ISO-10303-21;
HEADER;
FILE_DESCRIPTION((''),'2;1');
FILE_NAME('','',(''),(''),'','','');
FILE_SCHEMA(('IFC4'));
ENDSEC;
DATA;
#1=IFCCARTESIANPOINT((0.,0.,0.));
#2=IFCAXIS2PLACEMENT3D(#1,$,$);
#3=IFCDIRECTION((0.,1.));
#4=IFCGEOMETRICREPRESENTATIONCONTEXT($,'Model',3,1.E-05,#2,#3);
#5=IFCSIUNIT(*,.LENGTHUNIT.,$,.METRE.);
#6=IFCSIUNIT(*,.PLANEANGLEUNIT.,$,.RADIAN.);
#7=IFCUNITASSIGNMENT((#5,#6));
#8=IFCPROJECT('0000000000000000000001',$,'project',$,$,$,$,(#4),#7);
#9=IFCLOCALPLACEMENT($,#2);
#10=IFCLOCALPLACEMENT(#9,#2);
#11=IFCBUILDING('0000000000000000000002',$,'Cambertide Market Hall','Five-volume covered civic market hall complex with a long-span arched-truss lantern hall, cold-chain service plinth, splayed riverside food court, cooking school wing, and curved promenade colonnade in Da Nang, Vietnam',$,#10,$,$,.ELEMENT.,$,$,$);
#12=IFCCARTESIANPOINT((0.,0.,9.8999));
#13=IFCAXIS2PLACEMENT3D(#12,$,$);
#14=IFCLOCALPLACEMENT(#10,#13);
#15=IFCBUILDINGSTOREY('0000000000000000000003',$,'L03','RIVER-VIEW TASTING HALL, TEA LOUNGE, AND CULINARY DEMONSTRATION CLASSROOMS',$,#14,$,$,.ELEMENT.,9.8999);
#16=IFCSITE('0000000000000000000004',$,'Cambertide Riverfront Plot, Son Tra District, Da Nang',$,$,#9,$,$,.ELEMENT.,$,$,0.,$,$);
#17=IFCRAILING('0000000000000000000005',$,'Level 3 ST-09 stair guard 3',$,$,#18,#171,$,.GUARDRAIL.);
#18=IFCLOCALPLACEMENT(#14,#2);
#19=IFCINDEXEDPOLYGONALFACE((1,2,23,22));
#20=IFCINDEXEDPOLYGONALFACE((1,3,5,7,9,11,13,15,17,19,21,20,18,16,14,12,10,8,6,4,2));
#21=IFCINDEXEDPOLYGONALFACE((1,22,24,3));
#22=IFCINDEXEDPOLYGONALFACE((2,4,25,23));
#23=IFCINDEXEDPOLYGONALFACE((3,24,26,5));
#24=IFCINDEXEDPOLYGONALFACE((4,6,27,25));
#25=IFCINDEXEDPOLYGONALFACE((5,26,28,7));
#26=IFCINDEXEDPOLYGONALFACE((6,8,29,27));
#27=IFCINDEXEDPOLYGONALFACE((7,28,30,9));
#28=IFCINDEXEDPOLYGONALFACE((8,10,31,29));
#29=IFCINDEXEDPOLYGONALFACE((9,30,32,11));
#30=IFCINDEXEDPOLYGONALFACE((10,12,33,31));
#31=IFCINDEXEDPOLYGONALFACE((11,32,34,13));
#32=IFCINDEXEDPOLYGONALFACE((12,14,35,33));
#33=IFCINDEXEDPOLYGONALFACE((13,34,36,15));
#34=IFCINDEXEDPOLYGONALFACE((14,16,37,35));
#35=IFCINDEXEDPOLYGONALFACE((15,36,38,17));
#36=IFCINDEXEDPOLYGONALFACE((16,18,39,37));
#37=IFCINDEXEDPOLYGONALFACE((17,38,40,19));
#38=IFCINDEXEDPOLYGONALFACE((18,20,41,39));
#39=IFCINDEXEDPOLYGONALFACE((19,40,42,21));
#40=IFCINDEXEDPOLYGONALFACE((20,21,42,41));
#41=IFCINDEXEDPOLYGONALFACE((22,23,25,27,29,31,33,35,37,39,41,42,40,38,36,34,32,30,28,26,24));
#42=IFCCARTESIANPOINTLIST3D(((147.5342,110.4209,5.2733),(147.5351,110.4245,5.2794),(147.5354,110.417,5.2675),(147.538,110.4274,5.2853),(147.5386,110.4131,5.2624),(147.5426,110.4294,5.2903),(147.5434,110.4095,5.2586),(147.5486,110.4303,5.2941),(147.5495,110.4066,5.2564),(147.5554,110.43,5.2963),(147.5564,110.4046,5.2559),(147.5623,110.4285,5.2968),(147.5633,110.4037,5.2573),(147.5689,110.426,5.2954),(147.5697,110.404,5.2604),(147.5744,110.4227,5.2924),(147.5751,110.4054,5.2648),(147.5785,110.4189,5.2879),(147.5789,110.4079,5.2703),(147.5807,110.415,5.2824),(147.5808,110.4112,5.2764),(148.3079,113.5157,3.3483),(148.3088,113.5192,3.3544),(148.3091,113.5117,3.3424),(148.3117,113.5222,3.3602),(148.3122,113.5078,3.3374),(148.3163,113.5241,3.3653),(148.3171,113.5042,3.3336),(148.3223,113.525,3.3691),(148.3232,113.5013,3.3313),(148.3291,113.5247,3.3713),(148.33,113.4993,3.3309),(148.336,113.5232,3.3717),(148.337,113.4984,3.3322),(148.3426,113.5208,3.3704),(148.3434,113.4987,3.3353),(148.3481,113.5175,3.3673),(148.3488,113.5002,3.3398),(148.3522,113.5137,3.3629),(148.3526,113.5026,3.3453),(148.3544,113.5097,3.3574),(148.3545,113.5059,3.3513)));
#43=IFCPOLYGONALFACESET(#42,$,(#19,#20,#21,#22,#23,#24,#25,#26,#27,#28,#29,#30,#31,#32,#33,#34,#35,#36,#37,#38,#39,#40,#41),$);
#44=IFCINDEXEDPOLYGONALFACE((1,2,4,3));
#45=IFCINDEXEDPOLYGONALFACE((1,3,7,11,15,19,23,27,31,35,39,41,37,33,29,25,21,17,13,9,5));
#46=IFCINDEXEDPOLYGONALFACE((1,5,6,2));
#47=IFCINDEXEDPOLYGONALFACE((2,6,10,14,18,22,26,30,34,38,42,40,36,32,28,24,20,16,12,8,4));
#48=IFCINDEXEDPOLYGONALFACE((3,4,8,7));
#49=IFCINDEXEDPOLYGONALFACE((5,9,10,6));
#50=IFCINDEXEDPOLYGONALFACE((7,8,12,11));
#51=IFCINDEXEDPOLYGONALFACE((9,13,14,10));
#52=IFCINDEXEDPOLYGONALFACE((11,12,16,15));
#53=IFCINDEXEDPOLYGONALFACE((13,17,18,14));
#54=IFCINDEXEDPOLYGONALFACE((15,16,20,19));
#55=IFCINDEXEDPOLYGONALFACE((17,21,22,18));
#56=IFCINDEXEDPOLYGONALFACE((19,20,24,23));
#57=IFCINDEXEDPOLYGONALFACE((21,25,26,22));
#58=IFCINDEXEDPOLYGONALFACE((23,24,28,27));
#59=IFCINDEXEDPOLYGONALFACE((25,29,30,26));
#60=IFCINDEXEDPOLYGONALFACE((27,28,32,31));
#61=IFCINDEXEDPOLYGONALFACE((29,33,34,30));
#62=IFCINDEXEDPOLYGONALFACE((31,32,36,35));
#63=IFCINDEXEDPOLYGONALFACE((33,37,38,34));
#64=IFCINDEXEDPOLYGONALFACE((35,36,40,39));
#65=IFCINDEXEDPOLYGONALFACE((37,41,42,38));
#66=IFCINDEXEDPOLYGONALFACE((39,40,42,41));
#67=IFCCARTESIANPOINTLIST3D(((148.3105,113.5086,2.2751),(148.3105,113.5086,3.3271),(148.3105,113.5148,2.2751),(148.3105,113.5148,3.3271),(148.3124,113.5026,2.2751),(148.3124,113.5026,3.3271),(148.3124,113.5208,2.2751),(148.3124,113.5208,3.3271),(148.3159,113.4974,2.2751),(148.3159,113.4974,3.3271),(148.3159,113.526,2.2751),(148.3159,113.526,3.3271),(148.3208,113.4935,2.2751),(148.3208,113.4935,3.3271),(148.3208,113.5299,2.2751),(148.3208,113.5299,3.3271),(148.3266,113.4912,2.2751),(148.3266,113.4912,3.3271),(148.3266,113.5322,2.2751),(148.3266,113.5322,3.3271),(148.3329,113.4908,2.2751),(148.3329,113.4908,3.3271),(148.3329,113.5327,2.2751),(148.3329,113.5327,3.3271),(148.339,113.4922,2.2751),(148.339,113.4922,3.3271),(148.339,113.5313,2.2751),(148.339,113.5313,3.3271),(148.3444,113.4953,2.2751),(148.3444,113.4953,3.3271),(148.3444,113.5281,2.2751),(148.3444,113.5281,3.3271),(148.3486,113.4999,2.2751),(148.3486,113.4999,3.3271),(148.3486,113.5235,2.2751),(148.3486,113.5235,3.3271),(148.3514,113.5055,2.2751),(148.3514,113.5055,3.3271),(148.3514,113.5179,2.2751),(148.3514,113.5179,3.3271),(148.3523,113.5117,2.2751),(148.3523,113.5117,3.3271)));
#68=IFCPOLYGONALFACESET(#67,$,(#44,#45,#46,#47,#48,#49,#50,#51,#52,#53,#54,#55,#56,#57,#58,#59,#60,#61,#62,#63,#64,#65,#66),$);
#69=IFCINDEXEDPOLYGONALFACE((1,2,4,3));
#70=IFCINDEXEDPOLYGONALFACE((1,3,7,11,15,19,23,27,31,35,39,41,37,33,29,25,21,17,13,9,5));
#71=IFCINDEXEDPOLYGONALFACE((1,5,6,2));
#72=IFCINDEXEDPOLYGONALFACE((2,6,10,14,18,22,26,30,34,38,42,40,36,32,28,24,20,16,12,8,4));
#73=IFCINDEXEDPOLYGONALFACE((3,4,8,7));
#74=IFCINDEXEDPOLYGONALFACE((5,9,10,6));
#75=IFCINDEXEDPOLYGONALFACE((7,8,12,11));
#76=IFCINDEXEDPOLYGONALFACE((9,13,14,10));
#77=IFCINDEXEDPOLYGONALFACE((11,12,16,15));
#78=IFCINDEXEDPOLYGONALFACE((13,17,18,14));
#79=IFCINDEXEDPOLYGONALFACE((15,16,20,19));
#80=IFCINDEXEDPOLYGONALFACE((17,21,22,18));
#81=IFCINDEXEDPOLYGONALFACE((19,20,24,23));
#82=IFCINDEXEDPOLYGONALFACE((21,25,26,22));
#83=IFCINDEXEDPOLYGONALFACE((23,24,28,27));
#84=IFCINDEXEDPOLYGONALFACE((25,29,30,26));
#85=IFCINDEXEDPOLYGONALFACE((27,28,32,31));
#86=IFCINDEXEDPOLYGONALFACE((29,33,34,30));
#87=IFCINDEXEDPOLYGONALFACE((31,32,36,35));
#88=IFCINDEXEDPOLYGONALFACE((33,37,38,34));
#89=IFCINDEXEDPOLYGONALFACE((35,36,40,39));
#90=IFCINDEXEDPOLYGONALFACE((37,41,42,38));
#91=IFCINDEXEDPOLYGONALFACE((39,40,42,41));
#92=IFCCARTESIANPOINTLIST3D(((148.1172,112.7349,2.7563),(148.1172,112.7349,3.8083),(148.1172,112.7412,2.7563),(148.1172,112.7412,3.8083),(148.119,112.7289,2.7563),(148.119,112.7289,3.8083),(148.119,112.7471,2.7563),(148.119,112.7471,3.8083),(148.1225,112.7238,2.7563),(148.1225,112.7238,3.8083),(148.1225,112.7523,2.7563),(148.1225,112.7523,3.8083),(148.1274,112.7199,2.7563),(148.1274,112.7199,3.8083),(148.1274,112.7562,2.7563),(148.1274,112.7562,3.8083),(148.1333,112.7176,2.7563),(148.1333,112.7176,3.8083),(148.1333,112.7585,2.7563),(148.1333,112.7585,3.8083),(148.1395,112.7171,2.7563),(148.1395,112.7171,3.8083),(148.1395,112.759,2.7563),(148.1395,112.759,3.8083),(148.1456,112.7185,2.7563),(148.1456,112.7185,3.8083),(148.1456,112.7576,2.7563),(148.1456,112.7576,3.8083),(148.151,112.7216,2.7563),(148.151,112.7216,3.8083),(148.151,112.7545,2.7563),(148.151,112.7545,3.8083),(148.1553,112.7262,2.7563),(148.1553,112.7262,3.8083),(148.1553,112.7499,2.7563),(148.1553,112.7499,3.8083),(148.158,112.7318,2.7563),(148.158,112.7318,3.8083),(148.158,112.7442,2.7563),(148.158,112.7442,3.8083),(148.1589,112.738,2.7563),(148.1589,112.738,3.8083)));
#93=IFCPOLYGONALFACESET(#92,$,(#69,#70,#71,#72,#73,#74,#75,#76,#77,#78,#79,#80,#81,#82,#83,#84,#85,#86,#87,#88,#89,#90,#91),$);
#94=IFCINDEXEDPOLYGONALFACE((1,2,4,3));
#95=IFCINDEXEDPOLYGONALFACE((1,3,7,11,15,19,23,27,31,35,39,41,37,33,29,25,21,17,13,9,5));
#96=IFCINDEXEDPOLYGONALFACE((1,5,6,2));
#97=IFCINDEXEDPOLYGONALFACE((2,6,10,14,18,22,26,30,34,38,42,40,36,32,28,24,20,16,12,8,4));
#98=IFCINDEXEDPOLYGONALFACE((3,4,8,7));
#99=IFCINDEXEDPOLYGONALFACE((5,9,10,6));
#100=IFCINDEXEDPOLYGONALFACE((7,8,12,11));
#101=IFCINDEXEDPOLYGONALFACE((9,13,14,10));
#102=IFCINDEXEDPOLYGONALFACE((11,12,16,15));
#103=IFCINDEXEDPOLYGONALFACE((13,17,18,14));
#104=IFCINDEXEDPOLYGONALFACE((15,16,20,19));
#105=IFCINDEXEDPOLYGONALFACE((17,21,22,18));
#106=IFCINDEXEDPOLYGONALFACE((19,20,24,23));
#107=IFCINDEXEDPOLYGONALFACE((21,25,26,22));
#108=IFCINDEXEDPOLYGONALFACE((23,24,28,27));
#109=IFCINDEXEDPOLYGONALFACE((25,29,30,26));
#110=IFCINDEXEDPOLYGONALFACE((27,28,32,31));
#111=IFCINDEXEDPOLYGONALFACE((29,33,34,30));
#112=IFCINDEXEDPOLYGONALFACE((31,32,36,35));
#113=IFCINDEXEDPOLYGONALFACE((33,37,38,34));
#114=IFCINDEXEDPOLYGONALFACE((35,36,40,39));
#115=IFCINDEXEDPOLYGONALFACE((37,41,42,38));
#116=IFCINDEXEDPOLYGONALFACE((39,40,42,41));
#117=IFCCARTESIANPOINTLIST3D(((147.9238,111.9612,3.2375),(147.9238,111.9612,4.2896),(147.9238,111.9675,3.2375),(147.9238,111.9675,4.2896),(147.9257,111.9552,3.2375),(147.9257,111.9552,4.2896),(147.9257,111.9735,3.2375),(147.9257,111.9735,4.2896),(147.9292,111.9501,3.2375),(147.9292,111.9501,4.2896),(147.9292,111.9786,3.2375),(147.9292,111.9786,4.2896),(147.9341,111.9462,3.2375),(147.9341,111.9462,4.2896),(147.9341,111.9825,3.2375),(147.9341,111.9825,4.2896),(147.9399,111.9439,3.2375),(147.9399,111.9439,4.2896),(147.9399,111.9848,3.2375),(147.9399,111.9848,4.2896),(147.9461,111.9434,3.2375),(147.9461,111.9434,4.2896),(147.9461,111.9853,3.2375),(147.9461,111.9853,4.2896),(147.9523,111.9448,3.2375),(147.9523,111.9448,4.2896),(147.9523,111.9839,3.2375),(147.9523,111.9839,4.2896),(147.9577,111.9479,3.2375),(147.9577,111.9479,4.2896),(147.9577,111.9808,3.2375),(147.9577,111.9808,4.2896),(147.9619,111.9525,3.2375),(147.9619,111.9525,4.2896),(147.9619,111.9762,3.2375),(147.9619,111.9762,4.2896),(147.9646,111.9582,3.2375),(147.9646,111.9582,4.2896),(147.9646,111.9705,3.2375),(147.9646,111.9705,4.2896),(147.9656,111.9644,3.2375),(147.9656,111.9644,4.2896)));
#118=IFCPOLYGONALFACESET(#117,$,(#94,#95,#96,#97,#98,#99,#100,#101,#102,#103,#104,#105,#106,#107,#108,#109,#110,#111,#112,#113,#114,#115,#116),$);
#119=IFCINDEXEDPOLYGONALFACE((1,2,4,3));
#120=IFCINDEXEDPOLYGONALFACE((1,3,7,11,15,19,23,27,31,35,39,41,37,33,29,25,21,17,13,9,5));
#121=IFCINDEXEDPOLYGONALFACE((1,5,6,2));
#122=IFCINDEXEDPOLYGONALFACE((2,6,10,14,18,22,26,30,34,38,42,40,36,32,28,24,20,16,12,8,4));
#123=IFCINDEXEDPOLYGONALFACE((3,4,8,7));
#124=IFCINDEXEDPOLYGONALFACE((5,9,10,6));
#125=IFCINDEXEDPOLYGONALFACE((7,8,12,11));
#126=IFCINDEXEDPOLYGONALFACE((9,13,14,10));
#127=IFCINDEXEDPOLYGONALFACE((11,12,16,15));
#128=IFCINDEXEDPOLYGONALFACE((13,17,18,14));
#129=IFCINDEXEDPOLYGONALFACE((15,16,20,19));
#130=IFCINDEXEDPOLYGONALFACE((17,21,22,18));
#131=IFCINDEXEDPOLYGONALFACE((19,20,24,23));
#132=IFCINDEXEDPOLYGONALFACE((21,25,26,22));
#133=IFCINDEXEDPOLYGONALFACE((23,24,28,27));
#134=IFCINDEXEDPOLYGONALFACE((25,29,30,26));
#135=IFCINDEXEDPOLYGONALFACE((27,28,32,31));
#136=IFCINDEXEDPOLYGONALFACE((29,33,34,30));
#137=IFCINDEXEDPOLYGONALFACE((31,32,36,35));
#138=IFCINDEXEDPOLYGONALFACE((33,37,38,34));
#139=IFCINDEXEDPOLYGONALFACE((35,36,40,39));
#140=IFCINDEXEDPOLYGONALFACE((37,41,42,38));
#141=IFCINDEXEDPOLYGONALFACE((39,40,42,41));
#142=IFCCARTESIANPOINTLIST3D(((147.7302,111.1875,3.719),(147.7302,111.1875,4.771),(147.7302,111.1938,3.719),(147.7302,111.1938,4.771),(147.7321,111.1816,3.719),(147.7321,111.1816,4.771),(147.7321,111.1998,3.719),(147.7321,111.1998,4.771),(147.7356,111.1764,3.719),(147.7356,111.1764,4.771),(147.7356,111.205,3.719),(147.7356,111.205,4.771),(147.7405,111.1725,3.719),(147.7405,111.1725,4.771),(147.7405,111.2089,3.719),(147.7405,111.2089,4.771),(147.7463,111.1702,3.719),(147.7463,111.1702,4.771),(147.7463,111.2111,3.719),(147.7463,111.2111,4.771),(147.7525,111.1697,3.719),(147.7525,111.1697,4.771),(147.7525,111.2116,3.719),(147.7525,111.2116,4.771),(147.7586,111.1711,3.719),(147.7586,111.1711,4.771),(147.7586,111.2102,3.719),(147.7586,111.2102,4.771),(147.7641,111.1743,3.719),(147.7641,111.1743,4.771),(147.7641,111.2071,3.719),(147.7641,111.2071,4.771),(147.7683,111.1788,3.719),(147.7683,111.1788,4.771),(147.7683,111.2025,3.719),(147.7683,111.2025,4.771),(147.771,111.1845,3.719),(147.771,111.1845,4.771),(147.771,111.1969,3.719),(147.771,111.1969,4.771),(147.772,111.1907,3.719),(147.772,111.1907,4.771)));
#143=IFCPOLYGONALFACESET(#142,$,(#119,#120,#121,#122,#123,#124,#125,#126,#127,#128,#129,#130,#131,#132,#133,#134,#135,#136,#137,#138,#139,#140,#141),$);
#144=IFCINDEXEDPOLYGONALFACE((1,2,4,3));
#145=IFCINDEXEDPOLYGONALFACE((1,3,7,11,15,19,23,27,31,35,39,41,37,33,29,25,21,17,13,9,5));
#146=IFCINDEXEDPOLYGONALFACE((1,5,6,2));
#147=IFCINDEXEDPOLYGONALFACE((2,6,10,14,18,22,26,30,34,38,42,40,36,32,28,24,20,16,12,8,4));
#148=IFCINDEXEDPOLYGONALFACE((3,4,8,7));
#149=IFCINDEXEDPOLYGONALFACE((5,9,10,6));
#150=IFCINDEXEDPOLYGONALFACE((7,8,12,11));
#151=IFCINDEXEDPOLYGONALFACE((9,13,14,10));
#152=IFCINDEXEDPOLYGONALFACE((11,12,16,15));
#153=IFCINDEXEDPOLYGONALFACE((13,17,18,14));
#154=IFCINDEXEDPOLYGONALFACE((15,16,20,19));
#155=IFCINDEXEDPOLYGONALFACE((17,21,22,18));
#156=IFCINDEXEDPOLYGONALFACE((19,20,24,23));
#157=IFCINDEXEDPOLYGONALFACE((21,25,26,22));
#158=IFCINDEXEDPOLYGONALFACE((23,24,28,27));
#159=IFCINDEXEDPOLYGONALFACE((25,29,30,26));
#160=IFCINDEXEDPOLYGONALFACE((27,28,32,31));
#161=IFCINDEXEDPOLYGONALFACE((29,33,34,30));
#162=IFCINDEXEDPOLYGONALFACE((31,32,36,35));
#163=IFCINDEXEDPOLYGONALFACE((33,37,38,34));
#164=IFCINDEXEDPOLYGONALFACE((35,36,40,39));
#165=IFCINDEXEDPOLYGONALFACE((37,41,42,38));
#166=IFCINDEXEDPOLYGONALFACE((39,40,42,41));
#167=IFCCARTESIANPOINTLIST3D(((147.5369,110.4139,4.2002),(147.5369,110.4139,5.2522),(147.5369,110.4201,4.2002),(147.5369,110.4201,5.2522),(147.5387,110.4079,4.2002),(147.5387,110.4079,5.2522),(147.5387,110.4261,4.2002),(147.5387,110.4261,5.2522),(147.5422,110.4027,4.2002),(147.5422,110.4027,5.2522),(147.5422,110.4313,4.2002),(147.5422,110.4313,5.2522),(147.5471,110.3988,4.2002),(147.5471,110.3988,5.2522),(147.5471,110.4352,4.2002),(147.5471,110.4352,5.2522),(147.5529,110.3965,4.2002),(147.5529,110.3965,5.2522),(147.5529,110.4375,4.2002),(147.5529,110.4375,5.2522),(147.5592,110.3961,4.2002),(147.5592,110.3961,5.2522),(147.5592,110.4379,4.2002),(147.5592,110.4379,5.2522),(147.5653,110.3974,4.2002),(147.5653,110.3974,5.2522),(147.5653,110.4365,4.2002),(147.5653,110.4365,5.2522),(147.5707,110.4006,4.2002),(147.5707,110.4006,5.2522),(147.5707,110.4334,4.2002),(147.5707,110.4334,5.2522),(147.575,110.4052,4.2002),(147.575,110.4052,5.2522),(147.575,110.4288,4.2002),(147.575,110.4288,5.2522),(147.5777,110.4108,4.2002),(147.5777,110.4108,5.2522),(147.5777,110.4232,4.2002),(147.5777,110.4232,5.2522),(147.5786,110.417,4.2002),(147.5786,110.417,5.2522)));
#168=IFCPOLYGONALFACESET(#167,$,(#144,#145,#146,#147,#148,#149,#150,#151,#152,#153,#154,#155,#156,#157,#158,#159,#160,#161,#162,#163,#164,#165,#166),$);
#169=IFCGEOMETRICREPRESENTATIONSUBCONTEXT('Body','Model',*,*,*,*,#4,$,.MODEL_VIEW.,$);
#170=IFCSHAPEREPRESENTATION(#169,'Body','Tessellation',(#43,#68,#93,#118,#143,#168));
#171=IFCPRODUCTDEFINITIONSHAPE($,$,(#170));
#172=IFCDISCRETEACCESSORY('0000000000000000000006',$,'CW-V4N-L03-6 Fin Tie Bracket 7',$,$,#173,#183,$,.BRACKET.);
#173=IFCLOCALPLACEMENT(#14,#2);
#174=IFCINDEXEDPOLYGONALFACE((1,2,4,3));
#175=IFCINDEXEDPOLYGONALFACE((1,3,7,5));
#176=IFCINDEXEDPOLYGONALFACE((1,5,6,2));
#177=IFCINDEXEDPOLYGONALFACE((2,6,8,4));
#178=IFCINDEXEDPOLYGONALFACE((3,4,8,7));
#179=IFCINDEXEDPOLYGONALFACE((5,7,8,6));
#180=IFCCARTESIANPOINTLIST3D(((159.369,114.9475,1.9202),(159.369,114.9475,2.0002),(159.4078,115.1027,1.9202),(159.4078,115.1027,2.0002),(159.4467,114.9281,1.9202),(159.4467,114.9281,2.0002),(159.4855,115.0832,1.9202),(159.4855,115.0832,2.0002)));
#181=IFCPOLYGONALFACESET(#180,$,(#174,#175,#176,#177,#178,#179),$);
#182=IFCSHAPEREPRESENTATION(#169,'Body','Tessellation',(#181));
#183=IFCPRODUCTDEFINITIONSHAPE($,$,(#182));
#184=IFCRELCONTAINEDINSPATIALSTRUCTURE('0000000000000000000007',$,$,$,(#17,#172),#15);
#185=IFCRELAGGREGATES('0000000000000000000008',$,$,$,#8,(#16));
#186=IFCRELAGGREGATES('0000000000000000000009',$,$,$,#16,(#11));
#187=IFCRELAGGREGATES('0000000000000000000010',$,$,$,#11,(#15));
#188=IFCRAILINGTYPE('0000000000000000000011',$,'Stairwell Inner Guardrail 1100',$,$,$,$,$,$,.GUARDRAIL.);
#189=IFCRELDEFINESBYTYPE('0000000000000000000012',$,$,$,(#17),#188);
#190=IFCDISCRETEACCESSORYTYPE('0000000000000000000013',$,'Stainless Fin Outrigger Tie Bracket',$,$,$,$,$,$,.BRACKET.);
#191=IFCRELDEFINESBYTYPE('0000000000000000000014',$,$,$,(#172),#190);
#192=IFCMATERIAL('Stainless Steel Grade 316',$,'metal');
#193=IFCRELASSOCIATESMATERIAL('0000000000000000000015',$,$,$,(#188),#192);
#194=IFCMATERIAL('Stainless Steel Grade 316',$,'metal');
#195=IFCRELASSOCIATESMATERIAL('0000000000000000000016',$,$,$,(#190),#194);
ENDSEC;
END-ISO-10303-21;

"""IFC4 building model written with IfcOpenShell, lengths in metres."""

from ifc_helpers import new_model, si_unit, direction, frame, origin, origin_2d, place, context, subcontext, project, spatial, rectangle, circle, extrude, material, type_object, element, save


model = new_model("IFC4")

# Units and contexts
model_context = context("Model", 3, precision=1e-05, world=origin(), true_north=direction((0.0, 1.0)))
body_context = subcontext(model_context, "Body", "Model", "MODEL_VIEW")
ifc_project = project(units=[si_unit("LENGTHUNIT", "METRE"), si_unit("PLANEANGLEUNIT", "RADIAN")], contexts=[model_context])

# Site, building, storey
site_placement = place(None, origin())
site = spatial("IfcSite", under=ifc_project, at=site_placement, Name="Cambertide Riverfront Plot, Son Tra District, Da Nang", CompositionType="ELEMENT", RefElevation=0.0)
building_placement = place(site_placement, origin())
building = spatial("IfcBuilding", under=site, at=building_placement, Name="Cambertide Market Hall", Description="Five-volume covered civic market hall complex with a long-span arched-truss lantern hall, cold-chain service plinth, splayed riverside food court, cooking school wing, and curved promenade colonnade in Da Nang, Vietnam", CompositionType="ELEMENT")
storey_placement = place(building_placement, frame((0.0, 0.0, 9.8999)))
storey = spatial("IfcBuildingStorey", under=building, at=storey_placement, Name="L03", Description="RIVER-VIEW TASTING HALL, TEA LOUNGE, AND CULINARY DEMONSTRATION CLASSROOMS", CompositionType="ELEMENT", Elevation=9.8999)

# Railing
ifc_material_1 = material(Name="Stainless Steel Grade 316", Category="metal")
railing_type_1 = type_object("IfcRailingType", Name="Stairwell Inner Guardrail 1100", PredefinedType="GUARDRAIL", material=ifc_material_1)
railing_1_placement = place(storey_placement, frame((148.3313, 113.5117, 2.2751)))
element("IfcRailing", 1, at=railing_1_placement, inside=storey, type_object=railing_type_1, Name="Level 3 ST-09 stair guard 3", PredefinedType="GUARDRAIL", context=body_context, shape_type="SweptSolid", body=[
    extrude(circle(Radius=0.0239, at=origin_2d()), frame((0.0, 0.0, 1.0762), z_axis=(-0.207654, -0.830616, 0.516678), x_axis=(0.970143, -0.242536, 0.0)), (0.0, 0.0, 1.0), 3.7258),
    extrude(circle(Radius=0.021, at=origin_2d()), origin(), (0.0, 0.0, 1.0), 1.052),
    extrude(circle(Radius=0.021, at=origin_2d()), frame((-0.1934, -0.7737, 0.4812)), (0.0, 0.0, 1.0), 1.052),
    extrude(circle(Radius=0.021, at=origin_2d()), frame((-0.3867, -1.5474, 0.9624)), (0.0, 0.0, 1.0), 1.052),
    extrude(circle(Radius=0.021, at=origin_2d()), frame((-0.5803, -2.321, 1.4438)), (0.0, 0.0, 1.0), 1.052),
    extrude(circle(Radius=0.021, at=origin_2d()), frame((-0.7737, -3.0947, 1.925)), (0.0, 0.0, 1.0), 1.052),
])

# Discrete accessory
ifc_material_2 = material(Name="Stainless Steel Grade 316", Category="metal")
discrete_accessory_type = type_object("IfcDiscreteAccessoryType", Name="Stainless Fin Outrigger Tie Bracket", PredefinedType="BRACKET", material=ifc_material_2)
discrete_accessory_placement = place(storey_placement, frame((159.4272, 115.0154, 1.9202), z_axis=(0.0, 0.0, 1.0), x_axis=(0.970143, -0.242536, 0.0)))
element("IfcDiscreteAccessory", 2, at=discrete_accessory_placement, inside=storey, type_object=discrete_accessory_type, Name="CW-V4N-L03-6 Fin Tie Bracket 7", PredefinedType="BRACKET", context=body_context, shape_type="SweptSolid", body=[
    extrude(rectangle(XDim=0.0801, YDim=0.1599, at=origin_2d()), origin(), (0.0, 0.0, 1.0), 0.0801),
])

save(model, "model.ifc")
